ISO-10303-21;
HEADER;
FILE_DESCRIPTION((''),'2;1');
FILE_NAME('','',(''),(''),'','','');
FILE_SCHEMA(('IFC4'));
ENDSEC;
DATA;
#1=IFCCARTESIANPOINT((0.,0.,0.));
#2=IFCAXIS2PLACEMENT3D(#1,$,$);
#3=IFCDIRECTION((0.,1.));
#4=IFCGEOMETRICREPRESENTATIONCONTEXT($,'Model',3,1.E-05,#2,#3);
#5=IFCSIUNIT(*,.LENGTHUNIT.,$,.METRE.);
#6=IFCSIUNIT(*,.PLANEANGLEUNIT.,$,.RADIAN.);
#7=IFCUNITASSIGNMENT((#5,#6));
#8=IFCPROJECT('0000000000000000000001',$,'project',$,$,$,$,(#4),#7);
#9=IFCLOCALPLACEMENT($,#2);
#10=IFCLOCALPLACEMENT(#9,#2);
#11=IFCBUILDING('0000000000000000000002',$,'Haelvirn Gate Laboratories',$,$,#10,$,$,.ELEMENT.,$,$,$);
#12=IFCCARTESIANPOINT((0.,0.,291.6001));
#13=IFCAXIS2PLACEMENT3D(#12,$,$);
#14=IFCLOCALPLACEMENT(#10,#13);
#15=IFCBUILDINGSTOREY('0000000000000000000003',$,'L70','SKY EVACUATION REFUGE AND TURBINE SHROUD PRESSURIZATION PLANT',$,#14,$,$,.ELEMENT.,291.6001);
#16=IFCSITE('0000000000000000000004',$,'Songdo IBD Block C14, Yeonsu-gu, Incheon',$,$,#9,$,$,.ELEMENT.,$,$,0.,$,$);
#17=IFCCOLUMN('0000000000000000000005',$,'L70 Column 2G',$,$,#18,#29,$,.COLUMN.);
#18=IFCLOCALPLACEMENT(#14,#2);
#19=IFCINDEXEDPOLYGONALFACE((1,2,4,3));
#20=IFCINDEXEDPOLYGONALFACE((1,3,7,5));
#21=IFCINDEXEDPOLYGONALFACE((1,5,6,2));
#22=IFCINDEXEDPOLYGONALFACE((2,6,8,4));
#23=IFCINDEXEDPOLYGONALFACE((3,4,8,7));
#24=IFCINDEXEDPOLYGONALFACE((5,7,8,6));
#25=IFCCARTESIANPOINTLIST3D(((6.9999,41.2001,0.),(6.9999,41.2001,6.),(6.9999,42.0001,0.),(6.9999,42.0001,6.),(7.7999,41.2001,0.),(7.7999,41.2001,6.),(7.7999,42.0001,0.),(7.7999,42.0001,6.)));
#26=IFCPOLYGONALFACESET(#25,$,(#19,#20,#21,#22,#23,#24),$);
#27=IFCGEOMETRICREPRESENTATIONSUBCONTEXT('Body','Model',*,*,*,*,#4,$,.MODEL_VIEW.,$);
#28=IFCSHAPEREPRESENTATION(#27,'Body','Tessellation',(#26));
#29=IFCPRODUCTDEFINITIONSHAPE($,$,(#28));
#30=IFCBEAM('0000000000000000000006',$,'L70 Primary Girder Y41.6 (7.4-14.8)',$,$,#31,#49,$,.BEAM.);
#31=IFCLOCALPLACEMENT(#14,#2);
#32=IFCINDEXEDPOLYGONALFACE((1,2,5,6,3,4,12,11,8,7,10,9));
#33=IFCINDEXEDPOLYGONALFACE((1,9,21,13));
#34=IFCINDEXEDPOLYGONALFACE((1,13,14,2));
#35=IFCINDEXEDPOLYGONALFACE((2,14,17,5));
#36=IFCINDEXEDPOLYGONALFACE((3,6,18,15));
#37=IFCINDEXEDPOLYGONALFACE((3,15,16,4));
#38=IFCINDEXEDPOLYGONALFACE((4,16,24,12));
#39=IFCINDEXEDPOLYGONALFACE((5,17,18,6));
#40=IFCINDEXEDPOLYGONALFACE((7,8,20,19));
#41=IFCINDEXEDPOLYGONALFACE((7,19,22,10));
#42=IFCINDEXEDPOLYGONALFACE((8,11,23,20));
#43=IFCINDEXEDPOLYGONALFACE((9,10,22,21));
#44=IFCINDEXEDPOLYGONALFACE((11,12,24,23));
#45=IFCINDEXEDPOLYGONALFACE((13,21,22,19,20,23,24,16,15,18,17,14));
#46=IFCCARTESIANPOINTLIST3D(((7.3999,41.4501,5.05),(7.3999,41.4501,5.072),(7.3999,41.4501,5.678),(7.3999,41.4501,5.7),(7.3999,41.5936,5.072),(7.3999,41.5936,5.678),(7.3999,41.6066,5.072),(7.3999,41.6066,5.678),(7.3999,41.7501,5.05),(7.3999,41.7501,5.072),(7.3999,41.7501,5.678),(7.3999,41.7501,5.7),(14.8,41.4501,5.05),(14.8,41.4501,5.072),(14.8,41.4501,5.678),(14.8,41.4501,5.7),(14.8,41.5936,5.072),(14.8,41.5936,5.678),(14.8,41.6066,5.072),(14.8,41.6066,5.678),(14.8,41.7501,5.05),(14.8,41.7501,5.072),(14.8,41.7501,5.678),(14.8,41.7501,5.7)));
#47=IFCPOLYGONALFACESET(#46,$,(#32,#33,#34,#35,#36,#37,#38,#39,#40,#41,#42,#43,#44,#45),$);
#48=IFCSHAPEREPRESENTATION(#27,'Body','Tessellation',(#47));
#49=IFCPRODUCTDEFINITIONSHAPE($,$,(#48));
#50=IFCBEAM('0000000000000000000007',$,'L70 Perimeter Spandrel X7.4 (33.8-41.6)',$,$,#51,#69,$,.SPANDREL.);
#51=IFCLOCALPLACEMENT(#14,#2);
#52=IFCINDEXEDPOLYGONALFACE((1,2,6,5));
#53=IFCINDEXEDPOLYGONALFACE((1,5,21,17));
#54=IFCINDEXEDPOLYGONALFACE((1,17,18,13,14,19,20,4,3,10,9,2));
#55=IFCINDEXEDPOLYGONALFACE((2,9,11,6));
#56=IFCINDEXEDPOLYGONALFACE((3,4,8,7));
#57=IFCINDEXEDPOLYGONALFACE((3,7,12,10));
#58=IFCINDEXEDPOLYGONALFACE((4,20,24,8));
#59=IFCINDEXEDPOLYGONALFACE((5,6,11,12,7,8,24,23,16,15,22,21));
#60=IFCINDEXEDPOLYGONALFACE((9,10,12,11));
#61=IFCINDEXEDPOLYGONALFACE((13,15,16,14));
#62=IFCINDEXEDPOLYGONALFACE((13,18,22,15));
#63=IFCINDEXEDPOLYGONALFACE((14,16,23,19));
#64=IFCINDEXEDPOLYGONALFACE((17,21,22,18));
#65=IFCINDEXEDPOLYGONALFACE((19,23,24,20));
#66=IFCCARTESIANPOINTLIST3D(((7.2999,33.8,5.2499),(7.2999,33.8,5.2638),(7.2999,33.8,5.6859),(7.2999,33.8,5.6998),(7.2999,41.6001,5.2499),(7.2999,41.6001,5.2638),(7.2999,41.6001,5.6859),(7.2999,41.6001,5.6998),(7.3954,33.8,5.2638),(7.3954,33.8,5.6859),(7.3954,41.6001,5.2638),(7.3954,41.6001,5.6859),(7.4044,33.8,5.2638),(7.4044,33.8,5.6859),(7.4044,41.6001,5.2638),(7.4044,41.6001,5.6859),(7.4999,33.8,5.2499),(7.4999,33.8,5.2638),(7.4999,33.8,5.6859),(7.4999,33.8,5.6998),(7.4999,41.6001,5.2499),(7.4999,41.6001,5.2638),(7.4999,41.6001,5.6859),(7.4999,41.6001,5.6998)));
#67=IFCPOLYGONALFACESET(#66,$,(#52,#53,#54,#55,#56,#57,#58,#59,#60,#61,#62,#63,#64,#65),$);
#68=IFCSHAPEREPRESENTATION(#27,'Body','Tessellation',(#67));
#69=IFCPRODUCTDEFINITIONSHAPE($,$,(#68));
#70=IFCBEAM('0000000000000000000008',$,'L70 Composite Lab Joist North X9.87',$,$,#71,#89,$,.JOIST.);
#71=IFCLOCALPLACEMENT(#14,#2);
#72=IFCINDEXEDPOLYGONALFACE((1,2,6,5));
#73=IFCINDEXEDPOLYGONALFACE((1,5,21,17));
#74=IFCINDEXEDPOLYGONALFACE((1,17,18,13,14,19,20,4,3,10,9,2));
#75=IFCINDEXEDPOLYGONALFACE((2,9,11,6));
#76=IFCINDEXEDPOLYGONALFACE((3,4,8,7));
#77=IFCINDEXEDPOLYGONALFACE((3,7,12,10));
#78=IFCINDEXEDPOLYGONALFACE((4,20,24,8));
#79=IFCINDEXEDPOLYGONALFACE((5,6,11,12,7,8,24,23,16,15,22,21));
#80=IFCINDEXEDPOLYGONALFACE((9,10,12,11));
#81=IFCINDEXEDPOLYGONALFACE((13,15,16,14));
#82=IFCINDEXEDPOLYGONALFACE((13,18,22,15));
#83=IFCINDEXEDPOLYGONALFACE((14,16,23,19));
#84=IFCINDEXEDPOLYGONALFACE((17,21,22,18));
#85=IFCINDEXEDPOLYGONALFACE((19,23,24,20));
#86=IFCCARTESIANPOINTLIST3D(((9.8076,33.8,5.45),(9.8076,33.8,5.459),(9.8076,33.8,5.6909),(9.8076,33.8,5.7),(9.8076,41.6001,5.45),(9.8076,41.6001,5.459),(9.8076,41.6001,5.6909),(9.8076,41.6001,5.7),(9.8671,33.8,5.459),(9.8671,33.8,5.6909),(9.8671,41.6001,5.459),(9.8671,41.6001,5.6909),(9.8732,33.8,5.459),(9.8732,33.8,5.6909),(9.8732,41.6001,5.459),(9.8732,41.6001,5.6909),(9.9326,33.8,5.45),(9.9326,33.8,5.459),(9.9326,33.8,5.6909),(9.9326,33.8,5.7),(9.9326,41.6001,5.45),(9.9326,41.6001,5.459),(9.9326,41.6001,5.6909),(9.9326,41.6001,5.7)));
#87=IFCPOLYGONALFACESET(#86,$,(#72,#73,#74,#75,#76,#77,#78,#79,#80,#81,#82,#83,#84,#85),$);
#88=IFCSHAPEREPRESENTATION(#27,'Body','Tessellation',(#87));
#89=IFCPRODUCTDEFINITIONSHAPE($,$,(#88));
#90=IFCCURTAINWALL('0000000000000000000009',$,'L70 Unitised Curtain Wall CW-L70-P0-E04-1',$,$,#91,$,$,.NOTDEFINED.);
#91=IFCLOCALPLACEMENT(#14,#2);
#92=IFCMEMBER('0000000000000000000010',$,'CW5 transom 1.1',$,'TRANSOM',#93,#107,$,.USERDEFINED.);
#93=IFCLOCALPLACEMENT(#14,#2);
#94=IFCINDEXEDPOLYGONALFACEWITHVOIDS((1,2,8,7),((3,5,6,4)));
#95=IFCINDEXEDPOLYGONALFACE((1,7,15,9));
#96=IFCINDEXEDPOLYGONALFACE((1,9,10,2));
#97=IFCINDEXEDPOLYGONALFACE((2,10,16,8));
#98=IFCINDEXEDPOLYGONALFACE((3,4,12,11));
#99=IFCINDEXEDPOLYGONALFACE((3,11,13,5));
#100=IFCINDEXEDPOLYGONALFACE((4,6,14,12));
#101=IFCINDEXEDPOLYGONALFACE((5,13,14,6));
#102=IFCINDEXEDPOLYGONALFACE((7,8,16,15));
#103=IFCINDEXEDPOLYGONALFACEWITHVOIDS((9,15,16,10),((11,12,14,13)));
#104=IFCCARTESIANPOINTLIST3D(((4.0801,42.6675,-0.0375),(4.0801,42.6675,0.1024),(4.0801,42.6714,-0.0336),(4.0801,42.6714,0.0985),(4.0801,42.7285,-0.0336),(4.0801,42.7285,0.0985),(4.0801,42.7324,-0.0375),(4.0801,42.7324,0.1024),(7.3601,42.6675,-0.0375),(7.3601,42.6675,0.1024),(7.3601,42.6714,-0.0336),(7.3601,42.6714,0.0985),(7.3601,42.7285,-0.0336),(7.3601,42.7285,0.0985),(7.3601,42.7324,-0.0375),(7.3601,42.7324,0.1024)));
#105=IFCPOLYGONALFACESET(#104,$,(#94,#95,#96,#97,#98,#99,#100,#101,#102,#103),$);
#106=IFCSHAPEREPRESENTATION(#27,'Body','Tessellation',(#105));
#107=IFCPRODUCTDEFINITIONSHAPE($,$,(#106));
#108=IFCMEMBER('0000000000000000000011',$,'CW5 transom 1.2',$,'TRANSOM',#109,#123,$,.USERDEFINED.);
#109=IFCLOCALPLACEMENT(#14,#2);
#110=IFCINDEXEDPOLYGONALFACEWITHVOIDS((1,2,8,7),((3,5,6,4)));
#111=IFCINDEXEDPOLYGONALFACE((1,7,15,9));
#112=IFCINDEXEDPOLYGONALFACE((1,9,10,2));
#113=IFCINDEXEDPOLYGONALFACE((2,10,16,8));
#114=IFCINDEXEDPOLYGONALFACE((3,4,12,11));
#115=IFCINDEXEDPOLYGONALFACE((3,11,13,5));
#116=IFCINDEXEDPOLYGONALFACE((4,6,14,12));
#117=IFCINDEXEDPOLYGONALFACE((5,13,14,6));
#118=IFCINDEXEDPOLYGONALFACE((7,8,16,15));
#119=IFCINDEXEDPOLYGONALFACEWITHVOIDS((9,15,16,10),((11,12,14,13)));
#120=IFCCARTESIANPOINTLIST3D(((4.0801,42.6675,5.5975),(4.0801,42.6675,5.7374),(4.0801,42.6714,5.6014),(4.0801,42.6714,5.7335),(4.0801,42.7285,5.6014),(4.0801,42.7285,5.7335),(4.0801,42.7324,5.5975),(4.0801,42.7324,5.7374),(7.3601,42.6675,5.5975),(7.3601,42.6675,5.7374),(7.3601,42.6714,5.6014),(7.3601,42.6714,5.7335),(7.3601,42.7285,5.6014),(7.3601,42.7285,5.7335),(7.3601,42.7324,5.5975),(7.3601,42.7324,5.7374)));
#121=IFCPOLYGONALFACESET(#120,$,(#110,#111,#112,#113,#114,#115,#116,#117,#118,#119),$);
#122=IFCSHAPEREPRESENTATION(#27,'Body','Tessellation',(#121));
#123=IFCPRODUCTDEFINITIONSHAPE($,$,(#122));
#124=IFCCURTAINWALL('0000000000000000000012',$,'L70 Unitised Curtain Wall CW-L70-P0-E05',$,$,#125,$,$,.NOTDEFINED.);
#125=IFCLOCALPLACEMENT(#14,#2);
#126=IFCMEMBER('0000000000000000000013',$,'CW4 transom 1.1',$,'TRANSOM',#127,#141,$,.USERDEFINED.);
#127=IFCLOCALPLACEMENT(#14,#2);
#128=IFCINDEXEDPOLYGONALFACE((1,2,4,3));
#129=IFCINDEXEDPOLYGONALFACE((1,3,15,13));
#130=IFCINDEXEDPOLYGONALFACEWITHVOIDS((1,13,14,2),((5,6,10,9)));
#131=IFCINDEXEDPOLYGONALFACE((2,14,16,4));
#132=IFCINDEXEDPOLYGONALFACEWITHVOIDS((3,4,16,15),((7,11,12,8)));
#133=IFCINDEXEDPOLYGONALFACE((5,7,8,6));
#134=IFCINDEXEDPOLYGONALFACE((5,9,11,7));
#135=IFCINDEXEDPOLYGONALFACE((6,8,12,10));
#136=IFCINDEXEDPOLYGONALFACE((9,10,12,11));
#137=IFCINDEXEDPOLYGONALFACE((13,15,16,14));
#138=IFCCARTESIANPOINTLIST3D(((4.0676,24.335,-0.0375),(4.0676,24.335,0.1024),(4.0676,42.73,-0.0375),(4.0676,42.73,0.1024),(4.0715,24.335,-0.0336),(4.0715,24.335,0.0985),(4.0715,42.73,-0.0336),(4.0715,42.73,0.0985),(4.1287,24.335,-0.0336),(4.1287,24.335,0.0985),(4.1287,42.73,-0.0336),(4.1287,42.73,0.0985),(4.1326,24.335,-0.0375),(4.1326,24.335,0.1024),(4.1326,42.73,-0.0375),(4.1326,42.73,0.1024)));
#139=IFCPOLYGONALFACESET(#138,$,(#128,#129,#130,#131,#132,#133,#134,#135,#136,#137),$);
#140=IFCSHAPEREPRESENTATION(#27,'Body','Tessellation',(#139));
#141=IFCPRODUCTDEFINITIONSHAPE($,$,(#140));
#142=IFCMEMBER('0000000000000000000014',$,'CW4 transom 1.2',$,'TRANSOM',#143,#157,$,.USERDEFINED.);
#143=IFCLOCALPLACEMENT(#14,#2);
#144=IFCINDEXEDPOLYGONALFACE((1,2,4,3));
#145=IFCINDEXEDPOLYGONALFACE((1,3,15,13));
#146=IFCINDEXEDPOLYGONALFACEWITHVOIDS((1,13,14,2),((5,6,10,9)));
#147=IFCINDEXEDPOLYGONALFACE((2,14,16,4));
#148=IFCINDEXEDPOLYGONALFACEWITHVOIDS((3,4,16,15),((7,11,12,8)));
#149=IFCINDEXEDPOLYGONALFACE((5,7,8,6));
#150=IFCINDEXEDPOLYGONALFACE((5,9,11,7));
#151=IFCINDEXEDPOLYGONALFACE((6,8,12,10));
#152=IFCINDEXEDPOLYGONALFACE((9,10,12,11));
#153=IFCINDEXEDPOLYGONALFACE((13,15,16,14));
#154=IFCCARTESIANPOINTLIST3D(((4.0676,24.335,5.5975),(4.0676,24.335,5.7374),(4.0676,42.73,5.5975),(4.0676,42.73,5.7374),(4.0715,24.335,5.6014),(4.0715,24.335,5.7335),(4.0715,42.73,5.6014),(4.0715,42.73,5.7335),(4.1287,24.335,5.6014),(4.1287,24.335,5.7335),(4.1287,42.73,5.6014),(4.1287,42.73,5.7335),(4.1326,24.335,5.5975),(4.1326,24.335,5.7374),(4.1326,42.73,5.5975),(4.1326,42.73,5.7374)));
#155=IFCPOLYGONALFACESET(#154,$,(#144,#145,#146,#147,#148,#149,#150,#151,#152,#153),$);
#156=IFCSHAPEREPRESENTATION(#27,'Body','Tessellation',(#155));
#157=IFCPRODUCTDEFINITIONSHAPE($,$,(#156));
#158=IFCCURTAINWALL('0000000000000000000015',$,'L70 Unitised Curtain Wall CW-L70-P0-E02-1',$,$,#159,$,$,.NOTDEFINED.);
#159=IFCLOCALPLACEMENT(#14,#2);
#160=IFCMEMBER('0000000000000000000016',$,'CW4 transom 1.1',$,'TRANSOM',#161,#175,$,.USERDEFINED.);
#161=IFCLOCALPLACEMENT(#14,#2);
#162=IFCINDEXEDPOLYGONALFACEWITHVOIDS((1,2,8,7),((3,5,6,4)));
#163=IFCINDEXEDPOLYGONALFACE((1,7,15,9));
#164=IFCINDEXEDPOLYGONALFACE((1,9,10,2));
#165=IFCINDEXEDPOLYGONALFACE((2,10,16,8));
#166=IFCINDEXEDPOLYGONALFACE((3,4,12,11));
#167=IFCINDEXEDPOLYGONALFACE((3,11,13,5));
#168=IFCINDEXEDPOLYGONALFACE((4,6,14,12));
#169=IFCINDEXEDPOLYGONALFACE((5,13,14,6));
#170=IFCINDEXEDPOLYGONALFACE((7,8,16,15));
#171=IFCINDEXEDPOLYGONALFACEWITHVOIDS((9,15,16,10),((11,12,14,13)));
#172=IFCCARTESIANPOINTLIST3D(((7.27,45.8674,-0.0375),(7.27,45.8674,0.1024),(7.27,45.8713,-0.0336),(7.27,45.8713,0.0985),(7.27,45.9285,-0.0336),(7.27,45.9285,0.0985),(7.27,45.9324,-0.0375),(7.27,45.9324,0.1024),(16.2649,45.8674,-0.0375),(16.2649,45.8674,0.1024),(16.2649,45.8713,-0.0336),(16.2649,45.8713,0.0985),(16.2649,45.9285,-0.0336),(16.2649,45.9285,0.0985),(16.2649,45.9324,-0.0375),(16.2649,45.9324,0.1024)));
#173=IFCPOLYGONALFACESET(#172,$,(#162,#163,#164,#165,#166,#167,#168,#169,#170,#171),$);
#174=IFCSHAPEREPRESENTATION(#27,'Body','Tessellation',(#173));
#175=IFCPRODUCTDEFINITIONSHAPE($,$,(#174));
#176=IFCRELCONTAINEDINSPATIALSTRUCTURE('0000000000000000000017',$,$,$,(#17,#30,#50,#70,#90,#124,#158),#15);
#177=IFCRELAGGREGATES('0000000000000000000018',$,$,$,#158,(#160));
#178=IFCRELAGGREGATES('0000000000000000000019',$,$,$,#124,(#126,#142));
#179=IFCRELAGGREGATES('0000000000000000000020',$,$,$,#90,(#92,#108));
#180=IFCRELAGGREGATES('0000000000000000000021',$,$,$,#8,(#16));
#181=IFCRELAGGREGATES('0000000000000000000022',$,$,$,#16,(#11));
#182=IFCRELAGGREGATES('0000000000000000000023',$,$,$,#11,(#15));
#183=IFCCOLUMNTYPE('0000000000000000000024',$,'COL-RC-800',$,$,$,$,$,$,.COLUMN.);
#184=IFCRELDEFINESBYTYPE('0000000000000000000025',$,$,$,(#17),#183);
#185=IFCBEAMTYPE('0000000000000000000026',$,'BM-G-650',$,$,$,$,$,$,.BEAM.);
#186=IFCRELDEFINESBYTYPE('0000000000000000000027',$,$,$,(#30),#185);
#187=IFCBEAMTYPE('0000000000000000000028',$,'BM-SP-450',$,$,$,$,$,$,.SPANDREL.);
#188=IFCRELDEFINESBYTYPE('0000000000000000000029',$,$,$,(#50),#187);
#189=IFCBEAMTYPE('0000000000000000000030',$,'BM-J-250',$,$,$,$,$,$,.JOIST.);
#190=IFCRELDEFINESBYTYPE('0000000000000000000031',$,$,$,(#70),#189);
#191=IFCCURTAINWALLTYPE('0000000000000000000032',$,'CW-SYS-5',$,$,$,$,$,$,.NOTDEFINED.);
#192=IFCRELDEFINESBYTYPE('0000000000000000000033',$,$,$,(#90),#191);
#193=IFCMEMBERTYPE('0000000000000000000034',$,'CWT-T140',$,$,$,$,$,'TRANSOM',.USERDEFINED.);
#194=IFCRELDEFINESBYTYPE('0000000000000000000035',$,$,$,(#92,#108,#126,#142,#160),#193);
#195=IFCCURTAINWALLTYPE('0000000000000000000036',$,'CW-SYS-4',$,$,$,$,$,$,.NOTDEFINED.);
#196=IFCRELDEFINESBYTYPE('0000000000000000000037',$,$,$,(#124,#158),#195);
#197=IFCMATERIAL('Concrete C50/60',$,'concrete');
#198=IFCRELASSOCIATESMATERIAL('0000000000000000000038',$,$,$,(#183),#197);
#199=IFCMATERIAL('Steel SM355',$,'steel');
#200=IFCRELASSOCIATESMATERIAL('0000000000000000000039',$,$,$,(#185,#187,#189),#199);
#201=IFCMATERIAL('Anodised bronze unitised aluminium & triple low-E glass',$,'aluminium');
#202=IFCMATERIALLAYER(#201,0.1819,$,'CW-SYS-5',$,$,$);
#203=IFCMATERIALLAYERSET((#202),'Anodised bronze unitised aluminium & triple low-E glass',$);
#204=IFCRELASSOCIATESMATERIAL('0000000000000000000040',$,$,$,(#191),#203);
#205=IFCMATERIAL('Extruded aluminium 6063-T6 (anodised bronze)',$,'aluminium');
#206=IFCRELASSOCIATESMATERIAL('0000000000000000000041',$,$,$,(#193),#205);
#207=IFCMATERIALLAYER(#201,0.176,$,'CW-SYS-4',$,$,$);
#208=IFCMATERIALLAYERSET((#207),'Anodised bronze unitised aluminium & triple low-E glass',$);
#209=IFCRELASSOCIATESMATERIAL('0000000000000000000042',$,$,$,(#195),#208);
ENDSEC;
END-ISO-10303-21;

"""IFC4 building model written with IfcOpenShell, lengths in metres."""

from ifc_helpers import new_model, si_unit, direction, frame, origin, origin_2d, place, context, subcontext, project, spatial, rectangle, hollow_rectangle, i_section, extrude, source, transform, mapped, material, layer, layer_set, material_profile, profile_set, type_object, type_shapes, element, aggregate, save


model = new_model("IFC4")

# Units and contexts
model_context = context("Model", 3, precision=1e-05, world=origin(), true_north=direction((0.0, 1.0)))
body_context = subcontext(model_context, "Body", "Model", "MODEL_VIEW")
ifc_project = project(units=[si_unit("LENGTHUNIT", "METRE"), si_unit("PLANEANGLEUNIT", "RADIAN")], contexts=[model_context])

# Site, building, storey
site_placement = place(None, origin())
site = spatial("IfcSite", under=ifc_project, at=site_placement, Name="Songdo IBD Block C14, Yeonsu-gu, Incheon", CompositionType="ELEMENT", RefElevation=0.0)
building_placement = place(site_placement, origin())
building = spatial("IfcBuilding", under=site, at=building_placement, Name="Haelvirn Gate Laboratories", CompositionType="ELEMENT")
storey_placement = place(building_placement, frame((0.0, 0.0, 291.6001)))
storey = spatial("IfcBuildingStorey", under=building, at=storey_placement, Name="L70", Description="SKY EVACUATION REFUGE AND TURBINE SHROUD PRESSURIZATION PLANT", CompositionType="ELEMENT", Elevation=291.6001)

# Column
ifc_material_1 = material(Name="Concrete C50/60", Category="concrete")
ifc_material_profile_1 = material_profile(ifc_material_1, rectangle(XDim=0.8, YDim=0.8, at=origin_2d()), Name="RC-800x800")
ifc_profile_set_1 = profile_set([ifc_material_profile_1], Name="Concrete C50/60")
column_type = type_object("IfcColumnType", Name="COL-RC-800", PredefinedType="COLUMN", material=ifc_profile_set_1)
shared_shape_1 = source(origin(), body_context, "Body", "SweptSolid", [
    extrude(rectangle(XDim=0.8, YDim=0.8, at=origin_2d()), origin(), (0.0, 0.0, 1.0), 6.0),
])
type_shapes(column_type, [shared_shape_1])
column_placement = place(storey_placement, frame((7.3999, 41.6001, 0.0), z_axis=(0.0, 0.0, 1.0), x_axis=(1.0, 0.0, 0.0)))
element("IfcColumn", 1, at=column_placement, inside=storey, type_object=column_type, Name="L70 Column 2G", PredefinedType="COLUMN", context=body_context, shape_type="MappedRepresentation", body=[
    mapped(shared_shape_1, transform((0.0, 0.0, 0.0), scale=1.0)),
])

# Beams
ifc_material_2 = material(Name="Steel SM355", Category="steel")
ifc_material_profile_2 = material_profile(ifc_material_2, i_section(OverallWidth=0.3, OverallDepth=0.6499, WebThickness=0.0129, FlangeThickness=0.022, at=origin_2d()), Name="H-650x300x13x22")
ifc_profile_set_2 = profile_set([ifc_material_profile_2], Name="Steel SM355")
beam_type_1 = type_object("IfcBeamType", Name="BM-G-650", PredefinedType="BEAM", material=ifc_profile_set_2)
shared_shape_2 = source(origin(), body_context, "Body", "SweptSolid", [
    extrude(i_section(OverallWidth=0.3, OverallDepth=0.6499, WebThickness=0.0129, FlangeThickness=0.022, at=origin_2d()), origin(), (0.0, 0.0, 1.0), 7.4001),
])
type_shapes(beam_type_1, [shared_shape_2])
beam_1_placement = place(storey_placement, frame((7.3999, 41.6001, 5.375), z_axis=(1.0, 0.0, 0.0), x_axis=(0.0, 1.0, 0.0)))
element("IfcBeam", 2, at=beam_1_placement, inside=storey, type_object=beam_type_1, Name="L70 Primary Girder Y41.6 (7.4-14.8)", PredefinedType="BEAM", context=body_context, shape_type="MappedRepresentation", body=[
    mapped(shared_shape_2, transform((0.0, 0.0, 0.0), scale=1.0)),
])
ifc_material_profile_3 = material_profile(ifc_material_2, i_section(OverallWidth=0.2, OverallDepth=0.45, WebThickness=0.009, FlangeThickness=0.0139, at=origin_2d()), Name="H-450x200x9x14")
ifc_profile_set_3 = profile_set([ifc_material_profile_3], Name="Steel SM355")
beam_type_2 = type_object("IfcBeamType", Name="BM-SP-450", PredefinedType="SPANDREL", material=ifc_profile_set_3)
shared_shape_3 = source(origin(), body_context, "Body", "SweptSolid", [
    extrude(i_section(OverallWidth=0.2, OverallDepth=0.45, WebThickness=0.009, FlangeThickness=0.0139, at=origin_2d()), origin(), (0.0, 0.0, 1.0), 7.8),
])
type_shapes(beam_type_2, [shared_shape_3])
beam_2_placement = place(storey_placement, frame((7.3999, 33.8, 5.4749), z_axis=(0.0, 1.0, 0.0), x_axis=(-1.0, 0.0, 0.0)))
element("IfcBeam", 3, at=beam_2_placement, inside=storey, type_object=beam_type_2, Name="L70 Perimeter Spandrel X7.4 (33.8-41.6)", PredefinedType="SPANDREL", context=body_context, shape_type="MappedRepresentation", body=[
    mapped(shared_shape_3, transform((0.0, 0.0, 0.0), scale=1.0)),
])
ifc_material_profile_4 = material_profile(ifc_material_2, i_section(OverallWidth=0.125, OverallDepth=0.25, WebThickness=0.0061, FlangeThickness=0.009, at=origin_2d()), Name="H-250x125x6x9")
ifc_profile_set_4 = profile_set([ifc_material_profile_4], Name="Steel SM355")
beam_type_3 = type_object("IfcBeamType", Name="BM-J-250", PredefinedType="JOIST", material=ifc_profile_set_4)
shared_shape_4 = source(origin(), body_context, "Body", "SweptSolid", [
    extrude(i_section(OverallWidth=0.125, OverallDepth=0.25, WebThickness=0.0061, FlangeThickness=0.009, at=origin_2d()), origin(), (0.0, 0.0, 1.0), 7.8),
])
type_shapes(beam_type_3, [shared_shape_4])
beam_3_placement = place(storey_placement, frame((9.8701, 33.8, 5.575), z_axis=(0.0, 1.0, 0.0), x_axis=(-1.0, 0.0, 0.0)))
element("IfcBeam", 4, at=beam_3_placement, inside=storey, type_object=beam_type_3, Name="L70 Composite Lab Joist North X9.87", PredefinedType="JOIST", context=body_context, shape_type="MappedRepresentation", body=[
    mapped(shared_shape_4, transform((0.0, 0.0, 0.0), scale=1.0)),
])

# Curtain walls, members
ifc_material_3 = material(Name="Anodised bronze unitised aluminium & triple low-E glass", Category="aluminium")
ifc_layer_1 = layer(ifc_material_3, 0.1819, Name="CW-SYS-5")
ifc_layer_set_1 = layer_set([ifc_layer_1], Name="Anodised bronze unitised aluminium & triple low-E glass")
curtain_wall_type_1 = type_object("IfcCurtainWallType", Name="CW-SYS-5", PredefinedType="NOTDEFINED", material=ifc_layer_set_1)
curtain_wall_1_placement = place(storey_placement, origin())
curtain_wall_1 = element("IfcCurtainWall", 5, at=curtain_wall_1_placement, inside=storey, type_object=curtain_wall_type_1, Name="L70 Unitised Curtain Wall CW-L70-P0-E04-1", PredefinedType="NOTDEFINED")
ifc_material_4 = material(Name="Extruded aluminium 6063-T6 (anodised bronze)", Category="aluminium")
ifc_material_profile_5 = material_profile(ifc_material_4, hollow_rectangle(XDim=0.0649, YDim=0.1399, WallThickness=0.0039, at=origin_2d()), Name="CWT-140x65x4")
ifc_profile_set_5 = profile_set([ifc_material_profile_5], Name="Extruded aluminium 6063-T6 (anodised bronze)")
member_type_1 = type_object("IfcMemberType", Name="CWT-T140", ElementType="TRANSOM", PredefinedType="USERDEFINED", material=ifc_profile_set_5)
shared_shape_5 = source(origin(), body_context, "Body", "SweptSolid", [
    extrude(hollow_rectangle(XDim=0.0649, YDim=0.1399, WallThickness=0.0039, at=origin_2d()), origin(), (0.0, 0.0, 1.0), 3.28),
])
member_1_placement = place(storey_placement, frame((4.0801, 42.7, 0.0325), z_axis=(1.0, 0.0, 0.0), x_axis=(0.0, 1.0, 0.0)))
member_1 = element("IfcMember", 6, at=member_1_placement, type_object=member_type_1, Name="CW5 transom 1.1", ObjectType="TRANSOM", PredefinedType="USERDEFINED", context=body_context, shape_type="MappedRepresentation", body=[
    mapped(shared_shape_5, transform((0.0, 0.0, 0.0), scale=1.0)),
])
member_2_placement = place(storey_placement, frame((4.0801, 42.7, 5.6675), z_axis=(1.0, 0.0, 0.0), x_axis=(0.0, 1.0, 0.0)))
member_2 = element("IfcMember", 7, at=member_2_placement, type_object=member_type_1, Name="CW5 transom 1.2", ObjectType="TRANSOM", PredefinedType="USERDEFINED", context=body_context, shape_type="MappedRepresentation", body=[
    mapped(shared_shape_5, transform((0.0, 0.0, 0.0), scale=1.0)),
])
ifc_layer_2 = layer(ifc_material_3, 0.176, Name="CW-SYS-4")
ifc_layer_set_2 = layer_set([ifc_layer_2], Name="Anodised bronze unitised aluminium & triple low-E glass")
curtain_wall_type_2 = type_object("IfcCurtainWallType", Name="CW-SYS-4", PredefinedType="NOTDEFINED", material=ifc_layer_set_2)
curtain_wall_2_placement = place(storey_placement, origin())
curtain_wall_2 = element("IfcCurtainWall", 8, at=curtain_wall_2_placement, inside=storey, type_object=curtain_wall_type_2, Name="L70 Unitised Curtain Wall CW-L70-P0-E05", PredefinedType="NOTDEFINED")
shared_shape_6 = source(origin(), body_context, "Body", "SweptSolid", [
    extrude(hollow_rectangle(XDim=0.0649, YDim=0.1399, WallThickness=0.0039, at=origin_2d()), origin(), (0.0, 0.0, 1.0), 18.395),
])
member_3_placement = place(storey_placement, frame((4.1001, 42.73, 0.0325), z_axis=(0.0, -1.0, 0.0), x_axis=(1.0, 0.0, 0.0)))
member_3 = element("IfcMember", 9, at=member_3_placement, type_object=member_type_1, Name="CW4 transom 1.1", ObjectType="TRANSOM", PredefinedType="USERDEFINED", context=body_context, shape_type="MappedRepresentation", body=[
    mapped(shared_shape_6, transform((0.0, 0.0, 0.0), scale=1.0)),
])
member_4_placement = place(storey_placement, frame((4.1001, 42.73, 5.6675), z_axis=(0.0, -1.0, 0.0), x_axis=(1.0, 0.0, 0.0)))
member_4 = element("IfcMember", 10, at=member_4_placement, type_object=member_type_1, Name="CW4 transom 1.2", ObjectType="TRANSOM", PredefinedType="USERDEFINED", context=body_context, shape_type="MappedRepresentation", body=[
    mapped(shared_shape_6, transform((0.0, 0.0, 0.0), scale=1.0)),
])
curtain_wall_3_placement = place(storey_placement, origin())
curtain_wall_3 = element("IfcCurtainWall", 11, at=curtain_wall_3_placement, inside=storey, type_object=curtain_wall_type_2, Name="L70 Unitised Curtain Wall CW-L70-P0-E02-1", PredefinedType="NOTDEFINED")
shared_shape_7 = source(origin(), body_context, "Body", "SweptSolid", [
    extrude(hollow_rectangle(XDim=0.0649, YDim=0.1399, WallThickness=0.0039, at=origin_2d()), origin(), (0.0, 0.0, 1.0), 8.9949),
])
type_shapes(member_type_1, [shared_shape_5, shared_shape_6, shared_shape_7])
member_5_placement = place(storey_placement, frame((7.27, 45.8999, 0.0325), z_axis=(1.0, 0.0, 0.0), x_axis=(0.0, 1.0, 0.0)))
member_5 = element("IfcMember", 12, at=member_5_placement, type_object=member_type_1, Name="CW4 transom 1.1", ObjectType="TRANSOM", PredefinedType="USERDEFINED", context=body_context, shape_type="MappedRepresentation", body=[
    mapped(shared_shape_7, transform((0.0, 0.0, 0.0), scale=1.0)),
])
aggregate(curtain_wall_3, [member_5])

aggregate(curtain_wall_2, [member_3, member_4])

aggregate(curtain_wall_1, [member_1, member_2])

save(model, "model.ifc")
